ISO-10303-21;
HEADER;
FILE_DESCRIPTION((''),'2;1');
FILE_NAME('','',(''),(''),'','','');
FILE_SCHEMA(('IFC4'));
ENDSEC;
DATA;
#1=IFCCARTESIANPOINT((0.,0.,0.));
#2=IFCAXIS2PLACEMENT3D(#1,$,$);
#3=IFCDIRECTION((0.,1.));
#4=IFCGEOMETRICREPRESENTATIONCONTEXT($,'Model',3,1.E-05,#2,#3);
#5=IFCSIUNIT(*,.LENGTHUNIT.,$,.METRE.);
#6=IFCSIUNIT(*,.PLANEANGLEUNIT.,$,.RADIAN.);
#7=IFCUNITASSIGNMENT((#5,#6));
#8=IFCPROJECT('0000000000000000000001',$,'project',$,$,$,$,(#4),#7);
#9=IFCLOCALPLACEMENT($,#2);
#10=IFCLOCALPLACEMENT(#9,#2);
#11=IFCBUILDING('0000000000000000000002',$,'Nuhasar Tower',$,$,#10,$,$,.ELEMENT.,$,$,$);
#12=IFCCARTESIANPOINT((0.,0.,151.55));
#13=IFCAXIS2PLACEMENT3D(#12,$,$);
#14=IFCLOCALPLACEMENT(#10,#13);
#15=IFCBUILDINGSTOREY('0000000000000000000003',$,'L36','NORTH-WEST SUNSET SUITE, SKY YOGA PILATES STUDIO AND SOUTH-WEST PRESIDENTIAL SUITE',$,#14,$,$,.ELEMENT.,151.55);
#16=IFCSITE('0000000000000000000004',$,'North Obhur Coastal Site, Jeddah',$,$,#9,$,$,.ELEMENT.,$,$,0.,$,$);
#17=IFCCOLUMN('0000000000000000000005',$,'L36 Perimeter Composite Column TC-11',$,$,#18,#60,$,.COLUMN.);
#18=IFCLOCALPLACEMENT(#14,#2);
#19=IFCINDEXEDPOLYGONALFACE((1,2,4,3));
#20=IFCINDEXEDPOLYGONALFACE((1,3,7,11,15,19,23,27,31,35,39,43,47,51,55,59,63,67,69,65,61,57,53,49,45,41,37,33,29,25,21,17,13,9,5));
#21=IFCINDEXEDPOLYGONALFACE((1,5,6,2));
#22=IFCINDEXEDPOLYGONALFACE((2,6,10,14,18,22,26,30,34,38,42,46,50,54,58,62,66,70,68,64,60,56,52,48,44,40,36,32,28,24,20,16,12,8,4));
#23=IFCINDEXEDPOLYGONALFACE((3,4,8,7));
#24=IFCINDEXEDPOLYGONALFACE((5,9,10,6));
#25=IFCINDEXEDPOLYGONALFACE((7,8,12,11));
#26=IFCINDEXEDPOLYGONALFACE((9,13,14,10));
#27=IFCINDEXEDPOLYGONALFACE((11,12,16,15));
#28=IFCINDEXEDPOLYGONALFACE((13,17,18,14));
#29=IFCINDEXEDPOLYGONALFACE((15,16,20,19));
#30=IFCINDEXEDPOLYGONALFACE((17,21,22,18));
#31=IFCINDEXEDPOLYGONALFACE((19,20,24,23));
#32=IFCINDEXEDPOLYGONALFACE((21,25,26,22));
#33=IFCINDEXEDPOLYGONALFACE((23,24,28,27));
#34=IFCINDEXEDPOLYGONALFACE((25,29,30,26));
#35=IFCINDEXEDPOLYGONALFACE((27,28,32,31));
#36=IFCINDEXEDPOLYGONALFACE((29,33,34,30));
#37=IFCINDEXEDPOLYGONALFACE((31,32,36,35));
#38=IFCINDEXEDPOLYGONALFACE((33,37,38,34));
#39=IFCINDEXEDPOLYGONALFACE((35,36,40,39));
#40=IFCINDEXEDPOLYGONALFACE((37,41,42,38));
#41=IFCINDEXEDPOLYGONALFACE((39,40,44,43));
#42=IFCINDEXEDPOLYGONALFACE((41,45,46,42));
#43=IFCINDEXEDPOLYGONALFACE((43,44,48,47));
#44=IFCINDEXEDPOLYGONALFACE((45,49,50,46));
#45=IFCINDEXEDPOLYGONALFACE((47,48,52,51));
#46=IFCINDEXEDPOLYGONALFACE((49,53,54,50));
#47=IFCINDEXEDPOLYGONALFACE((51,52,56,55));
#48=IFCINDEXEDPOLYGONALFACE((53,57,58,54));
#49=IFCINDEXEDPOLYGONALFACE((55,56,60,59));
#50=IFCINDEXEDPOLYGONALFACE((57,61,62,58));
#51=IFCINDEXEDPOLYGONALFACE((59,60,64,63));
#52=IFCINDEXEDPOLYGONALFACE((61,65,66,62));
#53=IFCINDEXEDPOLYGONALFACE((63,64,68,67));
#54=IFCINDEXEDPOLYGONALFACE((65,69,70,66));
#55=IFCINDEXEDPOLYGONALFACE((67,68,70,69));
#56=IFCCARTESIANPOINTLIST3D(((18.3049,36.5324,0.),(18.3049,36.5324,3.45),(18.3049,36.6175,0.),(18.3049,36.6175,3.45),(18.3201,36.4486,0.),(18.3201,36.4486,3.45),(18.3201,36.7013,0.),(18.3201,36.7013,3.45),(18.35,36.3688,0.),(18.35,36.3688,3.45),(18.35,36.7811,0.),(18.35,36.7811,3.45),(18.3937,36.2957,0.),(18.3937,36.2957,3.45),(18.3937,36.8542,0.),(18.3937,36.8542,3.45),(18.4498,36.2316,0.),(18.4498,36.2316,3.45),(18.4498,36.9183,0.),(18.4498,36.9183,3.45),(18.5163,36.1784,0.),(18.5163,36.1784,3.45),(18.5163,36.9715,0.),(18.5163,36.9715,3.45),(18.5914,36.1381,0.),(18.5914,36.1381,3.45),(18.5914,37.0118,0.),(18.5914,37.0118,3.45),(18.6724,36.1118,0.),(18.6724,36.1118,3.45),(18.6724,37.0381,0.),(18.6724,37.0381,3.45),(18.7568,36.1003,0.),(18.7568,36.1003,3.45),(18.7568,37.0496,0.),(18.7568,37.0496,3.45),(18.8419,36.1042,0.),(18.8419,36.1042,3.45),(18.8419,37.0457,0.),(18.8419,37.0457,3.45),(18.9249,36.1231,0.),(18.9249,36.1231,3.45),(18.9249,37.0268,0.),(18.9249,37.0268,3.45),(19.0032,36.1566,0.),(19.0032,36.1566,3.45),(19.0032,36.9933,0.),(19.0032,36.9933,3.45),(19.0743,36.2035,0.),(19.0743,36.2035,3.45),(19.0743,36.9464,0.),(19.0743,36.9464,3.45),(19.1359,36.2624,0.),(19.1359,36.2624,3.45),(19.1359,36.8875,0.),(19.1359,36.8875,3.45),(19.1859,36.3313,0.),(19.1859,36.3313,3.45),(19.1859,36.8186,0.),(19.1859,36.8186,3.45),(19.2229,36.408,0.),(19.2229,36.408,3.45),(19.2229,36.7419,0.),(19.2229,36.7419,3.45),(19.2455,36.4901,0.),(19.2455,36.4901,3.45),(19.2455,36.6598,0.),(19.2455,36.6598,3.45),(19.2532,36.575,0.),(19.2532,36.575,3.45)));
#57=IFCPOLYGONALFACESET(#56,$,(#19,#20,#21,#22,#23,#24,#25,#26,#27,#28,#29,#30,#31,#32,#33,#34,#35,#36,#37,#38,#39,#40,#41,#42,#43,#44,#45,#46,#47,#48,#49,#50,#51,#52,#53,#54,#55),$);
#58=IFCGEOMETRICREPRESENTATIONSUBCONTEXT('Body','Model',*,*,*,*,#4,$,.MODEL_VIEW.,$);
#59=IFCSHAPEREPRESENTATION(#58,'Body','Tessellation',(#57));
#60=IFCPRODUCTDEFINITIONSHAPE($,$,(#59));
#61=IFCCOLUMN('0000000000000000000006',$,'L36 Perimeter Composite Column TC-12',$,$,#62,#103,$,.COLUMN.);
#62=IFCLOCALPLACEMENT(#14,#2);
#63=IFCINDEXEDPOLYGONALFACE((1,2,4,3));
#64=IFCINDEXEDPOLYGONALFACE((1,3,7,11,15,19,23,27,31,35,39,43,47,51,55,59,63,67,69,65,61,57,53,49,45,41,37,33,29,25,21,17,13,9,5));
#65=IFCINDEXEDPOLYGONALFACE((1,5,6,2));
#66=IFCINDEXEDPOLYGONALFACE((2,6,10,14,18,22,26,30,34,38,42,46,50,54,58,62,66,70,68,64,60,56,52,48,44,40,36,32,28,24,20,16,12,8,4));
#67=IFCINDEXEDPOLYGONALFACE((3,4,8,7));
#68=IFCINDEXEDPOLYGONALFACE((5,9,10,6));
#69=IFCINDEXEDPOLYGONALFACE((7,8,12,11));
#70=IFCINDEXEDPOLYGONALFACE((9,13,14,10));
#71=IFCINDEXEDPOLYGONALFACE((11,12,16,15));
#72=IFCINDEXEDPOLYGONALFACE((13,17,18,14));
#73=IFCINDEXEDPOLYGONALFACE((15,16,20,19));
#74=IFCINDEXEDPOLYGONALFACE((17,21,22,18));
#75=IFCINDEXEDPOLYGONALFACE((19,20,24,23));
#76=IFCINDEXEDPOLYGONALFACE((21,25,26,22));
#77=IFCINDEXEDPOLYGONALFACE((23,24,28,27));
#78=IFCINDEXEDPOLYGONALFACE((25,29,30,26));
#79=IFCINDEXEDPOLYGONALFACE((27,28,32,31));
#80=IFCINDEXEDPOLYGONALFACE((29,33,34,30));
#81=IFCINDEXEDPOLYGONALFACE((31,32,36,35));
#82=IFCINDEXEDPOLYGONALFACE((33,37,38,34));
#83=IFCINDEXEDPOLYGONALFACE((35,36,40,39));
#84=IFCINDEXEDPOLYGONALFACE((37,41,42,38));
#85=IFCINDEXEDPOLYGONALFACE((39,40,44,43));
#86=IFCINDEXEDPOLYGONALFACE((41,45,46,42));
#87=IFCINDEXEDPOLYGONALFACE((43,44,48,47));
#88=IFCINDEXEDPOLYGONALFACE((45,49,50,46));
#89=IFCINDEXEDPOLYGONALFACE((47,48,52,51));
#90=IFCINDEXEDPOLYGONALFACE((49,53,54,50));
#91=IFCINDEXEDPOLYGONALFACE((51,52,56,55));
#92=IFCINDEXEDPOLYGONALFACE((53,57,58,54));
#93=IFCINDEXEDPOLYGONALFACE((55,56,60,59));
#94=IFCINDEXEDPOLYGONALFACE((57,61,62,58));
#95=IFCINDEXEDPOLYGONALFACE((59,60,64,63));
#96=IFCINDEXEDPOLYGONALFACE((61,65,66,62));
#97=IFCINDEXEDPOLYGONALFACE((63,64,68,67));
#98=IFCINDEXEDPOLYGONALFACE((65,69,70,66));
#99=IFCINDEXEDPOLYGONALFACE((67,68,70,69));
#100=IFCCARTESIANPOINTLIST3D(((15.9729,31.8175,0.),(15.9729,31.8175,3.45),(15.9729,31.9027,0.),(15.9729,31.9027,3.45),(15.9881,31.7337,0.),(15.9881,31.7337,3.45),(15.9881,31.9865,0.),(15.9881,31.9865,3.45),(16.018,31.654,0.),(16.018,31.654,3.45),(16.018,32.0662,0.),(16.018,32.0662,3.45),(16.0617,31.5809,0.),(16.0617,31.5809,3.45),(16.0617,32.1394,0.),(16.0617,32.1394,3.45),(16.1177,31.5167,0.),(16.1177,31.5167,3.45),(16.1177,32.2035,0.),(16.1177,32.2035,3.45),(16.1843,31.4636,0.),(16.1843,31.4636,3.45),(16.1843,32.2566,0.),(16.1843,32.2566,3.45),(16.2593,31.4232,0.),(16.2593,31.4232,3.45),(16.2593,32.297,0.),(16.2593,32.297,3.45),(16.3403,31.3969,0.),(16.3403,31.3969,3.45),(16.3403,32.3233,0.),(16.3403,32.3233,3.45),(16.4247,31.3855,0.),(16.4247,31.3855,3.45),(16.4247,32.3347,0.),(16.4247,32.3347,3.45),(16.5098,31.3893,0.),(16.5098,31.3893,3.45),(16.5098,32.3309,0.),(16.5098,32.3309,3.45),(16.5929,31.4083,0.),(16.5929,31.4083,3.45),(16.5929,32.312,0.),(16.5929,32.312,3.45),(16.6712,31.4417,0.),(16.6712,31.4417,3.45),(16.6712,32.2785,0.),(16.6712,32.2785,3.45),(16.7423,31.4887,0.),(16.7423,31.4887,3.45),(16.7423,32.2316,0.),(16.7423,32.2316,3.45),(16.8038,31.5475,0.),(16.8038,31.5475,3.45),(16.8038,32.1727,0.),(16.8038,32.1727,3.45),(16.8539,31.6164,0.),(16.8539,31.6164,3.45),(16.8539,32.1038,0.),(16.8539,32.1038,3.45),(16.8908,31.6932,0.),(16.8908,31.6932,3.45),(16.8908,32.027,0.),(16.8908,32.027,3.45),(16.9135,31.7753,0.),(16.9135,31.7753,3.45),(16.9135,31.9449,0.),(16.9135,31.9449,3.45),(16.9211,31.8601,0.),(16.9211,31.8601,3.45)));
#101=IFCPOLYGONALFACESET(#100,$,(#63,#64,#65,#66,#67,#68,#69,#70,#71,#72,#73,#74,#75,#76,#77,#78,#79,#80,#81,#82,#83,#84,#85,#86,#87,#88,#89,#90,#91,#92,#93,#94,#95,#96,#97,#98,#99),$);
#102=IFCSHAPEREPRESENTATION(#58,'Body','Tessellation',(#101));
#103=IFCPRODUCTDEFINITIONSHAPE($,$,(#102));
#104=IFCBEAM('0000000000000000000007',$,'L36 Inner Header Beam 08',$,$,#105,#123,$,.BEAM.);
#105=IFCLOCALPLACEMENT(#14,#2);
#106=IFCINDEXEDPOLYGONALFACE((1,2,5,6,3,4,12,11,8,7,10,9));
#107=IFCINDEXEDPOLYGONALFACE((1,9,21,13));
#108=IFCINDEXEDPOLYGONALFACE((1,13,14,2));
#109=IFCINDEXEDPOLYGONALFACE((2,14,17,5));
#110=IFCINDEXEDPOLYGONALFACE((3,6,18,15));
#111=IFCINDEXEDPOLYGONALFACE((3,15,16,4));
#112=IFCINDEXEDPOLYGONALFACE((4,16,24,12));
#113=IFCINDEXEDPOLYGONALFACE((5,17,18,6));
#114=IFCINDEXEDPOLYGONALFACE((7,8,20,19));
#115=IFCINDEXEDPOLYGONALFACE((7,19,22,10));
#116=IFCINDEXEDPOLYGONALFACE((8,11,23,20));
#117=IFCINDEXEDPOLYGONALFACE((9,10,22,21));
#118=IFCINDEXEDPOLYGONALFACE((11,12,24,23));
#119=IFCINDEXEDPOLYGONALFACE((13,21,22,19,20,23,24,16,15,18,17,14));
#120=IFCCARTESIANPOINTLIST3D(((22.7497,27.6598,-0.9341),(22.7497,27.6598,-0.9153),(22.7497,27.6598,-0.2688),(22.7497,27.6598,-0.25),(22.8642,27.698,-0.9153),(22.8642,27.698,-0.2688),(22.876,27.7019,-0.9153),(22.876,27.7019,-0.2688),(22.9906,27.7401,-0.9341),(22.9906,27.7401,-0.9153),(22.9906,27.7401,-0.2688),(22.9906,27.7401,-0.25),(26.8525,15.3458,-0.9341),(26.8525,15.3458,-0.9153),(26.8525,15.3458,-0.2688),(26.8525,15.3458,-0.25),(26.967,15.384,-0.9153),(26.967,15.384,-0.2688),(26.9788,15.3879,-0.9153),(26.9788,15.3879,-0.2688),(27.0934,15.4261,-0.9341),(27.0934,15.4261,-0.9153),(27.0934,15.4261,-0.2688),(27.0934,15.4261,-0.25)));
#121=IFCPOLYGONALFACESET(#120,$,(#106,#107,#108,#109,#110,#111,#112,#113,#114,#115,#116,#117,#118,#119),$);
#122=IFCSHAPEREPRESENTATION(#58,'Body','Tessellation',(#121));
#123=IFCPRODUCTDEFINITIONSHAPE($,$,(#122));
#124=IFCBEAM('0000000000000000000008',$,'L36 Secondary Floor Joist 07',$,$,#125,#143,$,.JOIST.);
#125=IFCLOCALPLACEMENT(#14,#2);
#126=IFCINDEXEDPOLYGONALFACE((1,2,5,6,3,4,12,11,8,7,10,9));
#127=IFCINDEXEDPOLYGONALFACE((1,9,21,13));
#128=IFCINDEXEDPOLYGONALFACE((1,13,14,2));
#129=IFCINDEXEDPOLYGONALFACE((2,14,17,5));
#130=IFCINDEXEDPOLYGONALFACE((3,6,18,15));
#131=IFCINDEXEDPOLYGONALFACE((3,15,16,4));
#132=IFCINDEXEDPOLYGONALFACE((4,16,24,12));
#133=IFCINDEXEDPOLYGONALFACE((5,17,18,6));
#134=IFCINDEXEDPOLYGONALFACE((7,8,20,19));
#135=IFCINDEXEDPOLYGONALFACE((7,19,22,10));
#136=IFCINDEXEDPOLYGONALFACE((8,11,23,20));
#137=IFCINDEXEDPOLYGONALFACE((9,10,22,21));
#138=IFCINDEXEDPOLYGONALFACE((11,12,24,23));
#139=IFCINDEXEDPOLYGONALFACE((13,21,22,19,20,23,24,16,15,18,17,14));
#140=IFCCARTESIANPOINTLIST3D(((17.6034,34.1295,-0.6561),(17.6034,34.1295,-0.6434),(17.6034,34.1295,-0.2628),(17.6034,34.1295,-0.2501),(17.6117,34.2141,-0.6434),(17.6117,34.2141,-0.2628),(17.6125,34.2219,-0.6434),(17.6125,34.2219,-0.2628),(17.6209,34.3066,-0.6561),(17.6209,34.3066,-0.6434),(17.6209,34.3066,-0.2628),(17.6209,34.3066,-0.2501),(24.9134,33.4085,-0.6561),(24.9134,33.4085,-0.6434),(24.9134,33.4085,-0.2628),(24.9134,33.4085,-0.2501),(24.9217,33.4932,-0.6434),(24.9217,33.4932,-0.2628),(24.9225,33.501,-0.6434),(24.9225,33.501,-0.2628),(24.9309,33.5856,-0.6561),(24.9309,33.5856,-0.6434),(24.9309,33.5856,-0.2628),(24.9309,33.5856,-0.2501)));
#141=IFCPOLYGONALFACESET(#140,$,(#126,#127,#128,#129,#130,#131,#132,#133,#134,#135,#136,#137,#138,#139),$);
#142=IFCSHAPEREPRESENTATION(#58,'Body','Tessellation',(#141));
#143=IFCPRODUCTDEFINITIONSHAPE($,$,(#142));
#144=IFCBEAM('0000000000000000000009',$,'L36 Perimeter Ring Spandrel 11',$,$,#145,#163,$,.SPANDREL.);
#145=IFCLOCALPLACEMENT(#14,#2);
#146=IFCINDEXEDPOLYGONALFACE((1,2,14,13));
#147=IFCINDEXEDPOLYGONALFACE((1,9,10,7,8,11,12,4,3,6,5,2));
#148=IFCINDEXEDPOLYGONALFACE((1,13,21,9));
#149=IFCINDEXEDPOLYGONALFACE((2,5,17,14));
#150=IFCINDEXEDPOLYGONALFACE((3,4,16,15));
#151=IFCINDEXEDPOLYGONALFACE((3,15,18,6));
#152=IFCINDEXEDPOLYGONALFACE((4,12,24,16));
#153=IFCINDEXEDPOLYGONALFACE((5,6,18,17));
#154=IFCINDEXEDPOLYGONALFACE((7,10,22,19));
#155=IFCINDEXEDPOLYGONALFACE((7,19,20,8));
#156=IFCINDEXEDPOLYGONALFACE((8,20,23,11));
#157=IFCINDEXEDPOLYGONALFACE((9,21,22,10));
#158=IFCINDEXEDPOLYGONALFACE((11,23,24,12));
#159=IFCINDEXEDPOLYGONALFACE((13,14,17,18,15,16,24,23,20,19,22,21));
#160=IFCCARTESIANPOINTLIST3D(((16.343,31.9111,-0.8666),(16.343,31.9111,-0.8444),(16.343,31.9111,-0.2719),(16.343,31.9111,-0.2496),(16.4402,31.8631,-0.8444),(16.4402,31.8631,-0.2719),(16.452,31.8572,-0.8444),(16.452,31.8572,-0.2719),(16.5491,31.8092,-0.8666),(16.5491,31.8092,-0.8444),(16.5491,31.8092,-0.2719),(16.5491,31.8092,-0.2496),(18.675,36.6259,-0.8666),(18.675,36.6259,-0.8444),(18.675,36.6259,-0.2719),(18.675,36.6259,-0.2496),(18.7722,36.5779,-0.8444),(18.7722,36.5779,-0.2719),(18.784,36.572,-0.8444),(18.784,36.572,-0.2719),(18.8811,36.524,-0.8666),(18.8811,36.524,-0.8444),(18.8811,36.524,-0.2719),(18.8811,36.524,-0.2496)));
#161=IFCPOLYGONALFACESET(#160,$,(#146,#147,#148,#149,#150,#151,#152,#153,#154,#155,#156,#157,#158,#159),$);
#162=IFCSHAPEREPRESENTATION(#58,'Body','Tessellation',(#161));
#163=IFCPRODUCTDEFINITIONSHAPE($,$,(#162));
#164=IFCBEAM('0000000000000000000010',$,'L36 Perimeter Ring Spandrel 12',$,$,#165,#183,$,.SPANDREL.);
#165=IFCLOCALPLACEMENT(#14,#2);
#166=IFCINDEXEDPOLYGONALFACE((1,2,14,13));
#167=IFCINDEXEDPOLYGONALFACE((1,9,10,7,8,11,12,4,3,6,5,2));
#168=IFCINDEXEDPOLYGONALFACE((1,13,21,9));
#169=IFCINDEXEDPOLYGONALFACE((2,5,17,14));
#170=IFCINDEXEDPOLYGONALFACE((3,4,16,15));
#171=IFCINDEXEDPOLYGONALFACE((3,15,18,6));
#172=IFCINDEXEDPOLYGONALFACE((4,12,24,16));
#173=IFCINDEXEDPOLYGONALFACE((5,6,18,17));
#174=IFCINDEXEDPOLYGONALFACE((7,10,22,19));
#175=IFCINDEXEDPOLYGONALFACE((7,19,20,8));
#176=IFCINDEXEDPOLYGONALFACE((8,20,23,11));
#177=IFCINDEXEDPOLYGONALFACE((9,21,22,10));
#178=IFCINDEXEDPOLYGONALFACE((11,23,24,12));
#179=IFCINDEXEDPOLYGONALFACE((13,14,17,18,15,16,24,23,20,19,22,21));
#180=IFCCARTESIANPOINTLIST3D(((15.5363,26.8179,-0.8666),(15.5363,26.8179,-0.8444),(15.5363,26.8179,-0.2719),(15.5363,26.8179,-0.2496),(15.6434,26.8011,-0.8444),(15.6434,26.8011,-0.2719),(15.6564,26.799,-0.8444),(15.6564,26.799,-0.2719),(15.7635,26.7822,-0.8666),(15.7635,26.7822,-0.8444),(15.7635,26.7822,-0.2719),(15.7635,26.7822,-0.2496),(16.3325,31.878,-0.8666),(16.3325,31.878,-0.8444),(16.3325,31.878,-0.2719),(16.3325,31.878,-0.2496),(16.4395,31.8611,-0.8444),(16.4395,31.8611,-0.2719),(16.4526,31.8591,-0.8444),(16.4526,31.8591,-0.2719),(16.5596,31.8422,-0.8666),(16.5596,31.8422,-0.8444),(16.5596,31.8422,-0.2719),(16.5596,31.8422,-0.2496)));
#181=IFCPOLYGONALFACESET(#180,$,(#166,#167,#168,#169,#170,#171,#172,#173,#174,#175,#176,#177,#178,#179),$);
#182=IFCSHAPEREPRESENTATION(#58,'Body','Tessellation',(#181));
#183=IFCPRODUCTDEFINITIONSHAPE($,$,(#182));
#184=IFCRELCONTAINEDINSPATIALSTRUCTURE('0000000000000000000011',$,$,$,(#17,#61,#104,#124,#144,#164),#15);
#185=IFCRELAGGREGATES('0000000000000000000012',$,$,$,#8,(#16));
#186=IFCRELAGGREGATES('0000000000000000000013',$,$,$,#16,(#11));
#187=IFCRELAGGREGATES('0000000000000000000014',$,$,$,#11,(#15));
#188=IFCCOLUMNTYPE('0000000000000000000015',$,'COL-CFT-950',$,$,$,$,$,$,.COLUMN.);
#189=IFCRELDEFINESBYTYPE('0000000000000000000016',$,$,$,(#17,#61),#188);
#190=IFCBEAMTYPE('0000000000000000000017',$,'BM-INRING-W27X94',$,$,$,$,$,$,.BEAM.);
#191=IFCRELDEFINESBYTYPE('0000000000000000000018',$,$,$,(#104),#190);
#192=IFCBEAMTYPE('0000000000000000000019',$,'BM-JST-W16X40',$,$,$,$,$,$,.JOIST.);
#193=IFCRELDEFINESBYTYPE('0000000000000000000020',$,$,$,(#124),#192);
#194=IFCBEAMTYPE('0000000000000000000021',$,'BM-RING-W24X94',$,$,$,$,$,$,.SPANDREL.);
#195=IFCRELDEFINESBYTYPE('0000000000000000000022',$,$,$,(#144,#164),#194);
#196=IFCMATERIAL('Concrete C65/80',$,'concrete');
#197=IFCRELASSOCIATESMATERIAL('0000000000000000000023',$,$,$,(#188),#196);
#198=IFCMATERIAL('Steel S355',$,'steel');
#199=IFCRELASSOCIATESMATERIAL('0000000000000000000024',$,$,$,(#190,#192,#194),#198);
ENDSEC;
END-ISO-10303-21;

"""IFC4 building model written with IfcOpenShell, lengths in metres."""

from ifc_helpers import new_model, si_unit, direction, frame, origin, origin_2d, place, context, subcontext, project, spatial, circle, i_section, extrude, material, material_profile, profile_set, type_object, element, save


model = new_model("IFC4")

# Units and contexts
model_context = context("Model", 3, precision=1e-05, world=origin(), true_north=direction((0.0, 1.0)))
body_context = subcontext(model_context, "Body", "Model", "MODEL_VIEW")
ifc_project = project(units=[si_unit("LENGTHUNIT", "METRE"), si_unit("PLANEANGLEUNIT", "RADIAN")], contexts=[model_context])

# Site, building, storey
site_placement = place(None, origin())
site = spatial("IfcSite", under=ifc_project, at=site_placement, Name="North Obhur Coastal Site, Jeddah", CompositionType="ELEMENT", RefElevation=0.0)
building_placement = place(site_placement, origin())
building = spatial("IfcBuilding", under=site, at=building_placement, Name="Nuhasar Tower", CompositionType="ELEMENT")
storey_placement = place(building_placement, frame((0.0, 0.0, 151.55)))
storey = spatial("IfcBuildingStorey", under=building, at=storey_placement, Name="L36", Description="NORTH-WEST SUNSET SUITE, SKY YOGA PILATES STUDIO AND SOUTH-WEST PRESIDENTIAL SUITE", CompositionType="ELEMENT", Elevation=151.55)

# Columns
ifc_material_1 = material(Name="Concrete C65/80", Category="concrete")
ifc_material_profile_1 = material_profile(ifc_material_1, circle(Radius=0.4751, at=origin_2d()), Name="CFT950")
ifc_profile_set_1 = profile_set([ifc_material_profile_1], Name="Concrete C65/80")
column_type = type_object("IfcColumnType", Name="COL-CFT-950", PredefinedType="COLUMN", material=ifc_profile_set_1)
for number, where, z_axis, x_axis, name in (
    (1, (18.7781, 36.575, 0.0), (0.0, 0.0, 1.0), (1.0, 0.0, 0.0), "L36 Perimeter Composite Column TC-11"),
    (2, (16.446, 31.8601, 0.0), (0.0, 0.0, 1.0), (1.0, 0.0, 0.0), "L36 Perimeter Composite Column TC-12"),
):
    element("IfcColumn", number, at=place(storey_placement, frame(where, z_axis=z_axis, x_axis=x_axis)), inside=storey, type_object=column_type, Name=name, PredefinedType="COLUMN", context=body_context, shape_type="SweptSolid", body=[
        extrude(circle(Radius=0.4751, at=origin_2d()), origin(), (0.0, 0.0, 1.0), 3.45),
    ])

# Beams
ifc_material_2 = material(Name="Steel S355", Category="steel")
ifc_material_profile_2 = material_profile(ifc_material_2, i_section(OverallWidth=0.2539, OverallDepth=0.6841, WebThickness=0.0125, FlangeThickness=0.0188, at=origin_2d()), Name="W27X94")
ifc_profile_set_2 = profile_set([ifc_material_profile_2], Name="Steel S355")
beam_type_1 = type_object("IfcBeamType", Name="BM-INRING-W27X94", PredefinedType="BEAM", material=ifc_profile_set_2)
beam_1_placement = place(storey_placement, frame((22.8701, 27.7, -0.592), z_axis=(0.316098, -0.948727, 0.0), x_axis=(0.948727, 0.316098, 0.0)))
element("IfcBeam", 3, at=beam_1_placement, inside=storey, type_object=beam_type_1, Name="L36 Inner Header Beam 08", PredefinedType="BEAM", context=body_context, shape_type="SweptSolid", body=[
    extrude(i_section(OverallWidth=0.2539, OverallDepth=0.6841, WebThickness=0.0125, FlangeThickness=0.0188, at=origin_2d()), origin(), (0.0, 0.0, 1.0), 12.9795),
])
ifc_material_profile_3 = material_profile(ifc_material_2, i_section(OverallWidth=0.178, OverallDepth=0.406, WebThickness=0.0078, FlangeThickness=0.0127, at=origin_2d()), Name="W16X40")
ifc_profile_set_3 = profile_set([ifc_material_profile_3], Name="Steel S355")
beam_type_2 = type_object("IfcBeamType", Name="BM-JST-W16X40", PredefinedType="JOIST", material=ifc_profile_set_3)
beam_2_placement = place(storey_placement, frame((24.9221, 33.4971, -0.4531), z_axis=(-0.995172, 0.098148, 0.0), x_axis=(-0.098148, -0.995172, 0.0)))
element("IfcBeam", 4, at=beam_2_placement, inside=storey, type_object=beam_type_2, Name="L36 Secondary Floor Joist 07", PredefinedType="JOIST", context=body_context, shape_type="SweptSolid", body=[
    extrude(i_section(OverallWidth=0.178, OverallDepth=0.406, WebThickness=0.0078, FlangeThickness=0.0127, at=origin_2d()), origin(), (0.0, 0.0, 1.0), 7.3455),
])
ifc_material_profile_4 = material_profile(ifc_material_2, i_section(OverallWidth=0.23, OverallDepth=0.6169, WebThickness=0.0132, FlangeThickness=0.0222, at=origin_2d()), Name="W24X94")
ifc_profile_set_4 = profile_set([ifc_material_profile_4], Name="Steel S355")
beam_type_3 = type_object("IfcBeamType", Name="BM-RING-W24X94", PredefinedType="SPANDREL", material=ifc_profile_set_4)
beam_3_placement = place(storey_placement, frame((18.7781, 36.575, -0.5581), z_axis=(-0.443348, -0.89635, 0.0), x_axis=(0.89635, -0.443348, 0.0)))
element("IfcBeam", 5, at=beam_3_placement, inside=storey, type_object=beam_type_3, Name="L36 Perimeter Ring Spandrel 11", PredefinedType="SPANDREL", context=body_context, shape_type="SweptSolid", body=[
    extrude(i_section(OverallWidth=0.23, OverallDepth=0.6169, WebThickness=0.0132, FlangeThickness=0.0222, at=origin_2d()), origin(), (0.0, 0.0, 1.0), 5.26),
])
beam_4_placement = place(storey_placement, frame((16.446, 31.8601, -0.5581), z_axis=(-0.155427, -0.987847, 0.0), x_axis=(0.987847, -0.155427, 0.0)))
element("IfcBeam", 6, at=beam_4_placement, inside=storey, type_object=beam_type_3, Name="L36 Perimeter Ring Spandrel 12", PredefinedType="SPANDREL", context=body_context, shape_type="SweptSolid", body=[
    extrude(i_section(OverallWidth=0.23, OverallDepth=0.6169, WebThickness=0.0132, FlangeThickness=0.0222, at=origin_2d()), origin(), (0.0, 0.0, 1.0), 5.1223),
])

save(model, "model.ifc")
